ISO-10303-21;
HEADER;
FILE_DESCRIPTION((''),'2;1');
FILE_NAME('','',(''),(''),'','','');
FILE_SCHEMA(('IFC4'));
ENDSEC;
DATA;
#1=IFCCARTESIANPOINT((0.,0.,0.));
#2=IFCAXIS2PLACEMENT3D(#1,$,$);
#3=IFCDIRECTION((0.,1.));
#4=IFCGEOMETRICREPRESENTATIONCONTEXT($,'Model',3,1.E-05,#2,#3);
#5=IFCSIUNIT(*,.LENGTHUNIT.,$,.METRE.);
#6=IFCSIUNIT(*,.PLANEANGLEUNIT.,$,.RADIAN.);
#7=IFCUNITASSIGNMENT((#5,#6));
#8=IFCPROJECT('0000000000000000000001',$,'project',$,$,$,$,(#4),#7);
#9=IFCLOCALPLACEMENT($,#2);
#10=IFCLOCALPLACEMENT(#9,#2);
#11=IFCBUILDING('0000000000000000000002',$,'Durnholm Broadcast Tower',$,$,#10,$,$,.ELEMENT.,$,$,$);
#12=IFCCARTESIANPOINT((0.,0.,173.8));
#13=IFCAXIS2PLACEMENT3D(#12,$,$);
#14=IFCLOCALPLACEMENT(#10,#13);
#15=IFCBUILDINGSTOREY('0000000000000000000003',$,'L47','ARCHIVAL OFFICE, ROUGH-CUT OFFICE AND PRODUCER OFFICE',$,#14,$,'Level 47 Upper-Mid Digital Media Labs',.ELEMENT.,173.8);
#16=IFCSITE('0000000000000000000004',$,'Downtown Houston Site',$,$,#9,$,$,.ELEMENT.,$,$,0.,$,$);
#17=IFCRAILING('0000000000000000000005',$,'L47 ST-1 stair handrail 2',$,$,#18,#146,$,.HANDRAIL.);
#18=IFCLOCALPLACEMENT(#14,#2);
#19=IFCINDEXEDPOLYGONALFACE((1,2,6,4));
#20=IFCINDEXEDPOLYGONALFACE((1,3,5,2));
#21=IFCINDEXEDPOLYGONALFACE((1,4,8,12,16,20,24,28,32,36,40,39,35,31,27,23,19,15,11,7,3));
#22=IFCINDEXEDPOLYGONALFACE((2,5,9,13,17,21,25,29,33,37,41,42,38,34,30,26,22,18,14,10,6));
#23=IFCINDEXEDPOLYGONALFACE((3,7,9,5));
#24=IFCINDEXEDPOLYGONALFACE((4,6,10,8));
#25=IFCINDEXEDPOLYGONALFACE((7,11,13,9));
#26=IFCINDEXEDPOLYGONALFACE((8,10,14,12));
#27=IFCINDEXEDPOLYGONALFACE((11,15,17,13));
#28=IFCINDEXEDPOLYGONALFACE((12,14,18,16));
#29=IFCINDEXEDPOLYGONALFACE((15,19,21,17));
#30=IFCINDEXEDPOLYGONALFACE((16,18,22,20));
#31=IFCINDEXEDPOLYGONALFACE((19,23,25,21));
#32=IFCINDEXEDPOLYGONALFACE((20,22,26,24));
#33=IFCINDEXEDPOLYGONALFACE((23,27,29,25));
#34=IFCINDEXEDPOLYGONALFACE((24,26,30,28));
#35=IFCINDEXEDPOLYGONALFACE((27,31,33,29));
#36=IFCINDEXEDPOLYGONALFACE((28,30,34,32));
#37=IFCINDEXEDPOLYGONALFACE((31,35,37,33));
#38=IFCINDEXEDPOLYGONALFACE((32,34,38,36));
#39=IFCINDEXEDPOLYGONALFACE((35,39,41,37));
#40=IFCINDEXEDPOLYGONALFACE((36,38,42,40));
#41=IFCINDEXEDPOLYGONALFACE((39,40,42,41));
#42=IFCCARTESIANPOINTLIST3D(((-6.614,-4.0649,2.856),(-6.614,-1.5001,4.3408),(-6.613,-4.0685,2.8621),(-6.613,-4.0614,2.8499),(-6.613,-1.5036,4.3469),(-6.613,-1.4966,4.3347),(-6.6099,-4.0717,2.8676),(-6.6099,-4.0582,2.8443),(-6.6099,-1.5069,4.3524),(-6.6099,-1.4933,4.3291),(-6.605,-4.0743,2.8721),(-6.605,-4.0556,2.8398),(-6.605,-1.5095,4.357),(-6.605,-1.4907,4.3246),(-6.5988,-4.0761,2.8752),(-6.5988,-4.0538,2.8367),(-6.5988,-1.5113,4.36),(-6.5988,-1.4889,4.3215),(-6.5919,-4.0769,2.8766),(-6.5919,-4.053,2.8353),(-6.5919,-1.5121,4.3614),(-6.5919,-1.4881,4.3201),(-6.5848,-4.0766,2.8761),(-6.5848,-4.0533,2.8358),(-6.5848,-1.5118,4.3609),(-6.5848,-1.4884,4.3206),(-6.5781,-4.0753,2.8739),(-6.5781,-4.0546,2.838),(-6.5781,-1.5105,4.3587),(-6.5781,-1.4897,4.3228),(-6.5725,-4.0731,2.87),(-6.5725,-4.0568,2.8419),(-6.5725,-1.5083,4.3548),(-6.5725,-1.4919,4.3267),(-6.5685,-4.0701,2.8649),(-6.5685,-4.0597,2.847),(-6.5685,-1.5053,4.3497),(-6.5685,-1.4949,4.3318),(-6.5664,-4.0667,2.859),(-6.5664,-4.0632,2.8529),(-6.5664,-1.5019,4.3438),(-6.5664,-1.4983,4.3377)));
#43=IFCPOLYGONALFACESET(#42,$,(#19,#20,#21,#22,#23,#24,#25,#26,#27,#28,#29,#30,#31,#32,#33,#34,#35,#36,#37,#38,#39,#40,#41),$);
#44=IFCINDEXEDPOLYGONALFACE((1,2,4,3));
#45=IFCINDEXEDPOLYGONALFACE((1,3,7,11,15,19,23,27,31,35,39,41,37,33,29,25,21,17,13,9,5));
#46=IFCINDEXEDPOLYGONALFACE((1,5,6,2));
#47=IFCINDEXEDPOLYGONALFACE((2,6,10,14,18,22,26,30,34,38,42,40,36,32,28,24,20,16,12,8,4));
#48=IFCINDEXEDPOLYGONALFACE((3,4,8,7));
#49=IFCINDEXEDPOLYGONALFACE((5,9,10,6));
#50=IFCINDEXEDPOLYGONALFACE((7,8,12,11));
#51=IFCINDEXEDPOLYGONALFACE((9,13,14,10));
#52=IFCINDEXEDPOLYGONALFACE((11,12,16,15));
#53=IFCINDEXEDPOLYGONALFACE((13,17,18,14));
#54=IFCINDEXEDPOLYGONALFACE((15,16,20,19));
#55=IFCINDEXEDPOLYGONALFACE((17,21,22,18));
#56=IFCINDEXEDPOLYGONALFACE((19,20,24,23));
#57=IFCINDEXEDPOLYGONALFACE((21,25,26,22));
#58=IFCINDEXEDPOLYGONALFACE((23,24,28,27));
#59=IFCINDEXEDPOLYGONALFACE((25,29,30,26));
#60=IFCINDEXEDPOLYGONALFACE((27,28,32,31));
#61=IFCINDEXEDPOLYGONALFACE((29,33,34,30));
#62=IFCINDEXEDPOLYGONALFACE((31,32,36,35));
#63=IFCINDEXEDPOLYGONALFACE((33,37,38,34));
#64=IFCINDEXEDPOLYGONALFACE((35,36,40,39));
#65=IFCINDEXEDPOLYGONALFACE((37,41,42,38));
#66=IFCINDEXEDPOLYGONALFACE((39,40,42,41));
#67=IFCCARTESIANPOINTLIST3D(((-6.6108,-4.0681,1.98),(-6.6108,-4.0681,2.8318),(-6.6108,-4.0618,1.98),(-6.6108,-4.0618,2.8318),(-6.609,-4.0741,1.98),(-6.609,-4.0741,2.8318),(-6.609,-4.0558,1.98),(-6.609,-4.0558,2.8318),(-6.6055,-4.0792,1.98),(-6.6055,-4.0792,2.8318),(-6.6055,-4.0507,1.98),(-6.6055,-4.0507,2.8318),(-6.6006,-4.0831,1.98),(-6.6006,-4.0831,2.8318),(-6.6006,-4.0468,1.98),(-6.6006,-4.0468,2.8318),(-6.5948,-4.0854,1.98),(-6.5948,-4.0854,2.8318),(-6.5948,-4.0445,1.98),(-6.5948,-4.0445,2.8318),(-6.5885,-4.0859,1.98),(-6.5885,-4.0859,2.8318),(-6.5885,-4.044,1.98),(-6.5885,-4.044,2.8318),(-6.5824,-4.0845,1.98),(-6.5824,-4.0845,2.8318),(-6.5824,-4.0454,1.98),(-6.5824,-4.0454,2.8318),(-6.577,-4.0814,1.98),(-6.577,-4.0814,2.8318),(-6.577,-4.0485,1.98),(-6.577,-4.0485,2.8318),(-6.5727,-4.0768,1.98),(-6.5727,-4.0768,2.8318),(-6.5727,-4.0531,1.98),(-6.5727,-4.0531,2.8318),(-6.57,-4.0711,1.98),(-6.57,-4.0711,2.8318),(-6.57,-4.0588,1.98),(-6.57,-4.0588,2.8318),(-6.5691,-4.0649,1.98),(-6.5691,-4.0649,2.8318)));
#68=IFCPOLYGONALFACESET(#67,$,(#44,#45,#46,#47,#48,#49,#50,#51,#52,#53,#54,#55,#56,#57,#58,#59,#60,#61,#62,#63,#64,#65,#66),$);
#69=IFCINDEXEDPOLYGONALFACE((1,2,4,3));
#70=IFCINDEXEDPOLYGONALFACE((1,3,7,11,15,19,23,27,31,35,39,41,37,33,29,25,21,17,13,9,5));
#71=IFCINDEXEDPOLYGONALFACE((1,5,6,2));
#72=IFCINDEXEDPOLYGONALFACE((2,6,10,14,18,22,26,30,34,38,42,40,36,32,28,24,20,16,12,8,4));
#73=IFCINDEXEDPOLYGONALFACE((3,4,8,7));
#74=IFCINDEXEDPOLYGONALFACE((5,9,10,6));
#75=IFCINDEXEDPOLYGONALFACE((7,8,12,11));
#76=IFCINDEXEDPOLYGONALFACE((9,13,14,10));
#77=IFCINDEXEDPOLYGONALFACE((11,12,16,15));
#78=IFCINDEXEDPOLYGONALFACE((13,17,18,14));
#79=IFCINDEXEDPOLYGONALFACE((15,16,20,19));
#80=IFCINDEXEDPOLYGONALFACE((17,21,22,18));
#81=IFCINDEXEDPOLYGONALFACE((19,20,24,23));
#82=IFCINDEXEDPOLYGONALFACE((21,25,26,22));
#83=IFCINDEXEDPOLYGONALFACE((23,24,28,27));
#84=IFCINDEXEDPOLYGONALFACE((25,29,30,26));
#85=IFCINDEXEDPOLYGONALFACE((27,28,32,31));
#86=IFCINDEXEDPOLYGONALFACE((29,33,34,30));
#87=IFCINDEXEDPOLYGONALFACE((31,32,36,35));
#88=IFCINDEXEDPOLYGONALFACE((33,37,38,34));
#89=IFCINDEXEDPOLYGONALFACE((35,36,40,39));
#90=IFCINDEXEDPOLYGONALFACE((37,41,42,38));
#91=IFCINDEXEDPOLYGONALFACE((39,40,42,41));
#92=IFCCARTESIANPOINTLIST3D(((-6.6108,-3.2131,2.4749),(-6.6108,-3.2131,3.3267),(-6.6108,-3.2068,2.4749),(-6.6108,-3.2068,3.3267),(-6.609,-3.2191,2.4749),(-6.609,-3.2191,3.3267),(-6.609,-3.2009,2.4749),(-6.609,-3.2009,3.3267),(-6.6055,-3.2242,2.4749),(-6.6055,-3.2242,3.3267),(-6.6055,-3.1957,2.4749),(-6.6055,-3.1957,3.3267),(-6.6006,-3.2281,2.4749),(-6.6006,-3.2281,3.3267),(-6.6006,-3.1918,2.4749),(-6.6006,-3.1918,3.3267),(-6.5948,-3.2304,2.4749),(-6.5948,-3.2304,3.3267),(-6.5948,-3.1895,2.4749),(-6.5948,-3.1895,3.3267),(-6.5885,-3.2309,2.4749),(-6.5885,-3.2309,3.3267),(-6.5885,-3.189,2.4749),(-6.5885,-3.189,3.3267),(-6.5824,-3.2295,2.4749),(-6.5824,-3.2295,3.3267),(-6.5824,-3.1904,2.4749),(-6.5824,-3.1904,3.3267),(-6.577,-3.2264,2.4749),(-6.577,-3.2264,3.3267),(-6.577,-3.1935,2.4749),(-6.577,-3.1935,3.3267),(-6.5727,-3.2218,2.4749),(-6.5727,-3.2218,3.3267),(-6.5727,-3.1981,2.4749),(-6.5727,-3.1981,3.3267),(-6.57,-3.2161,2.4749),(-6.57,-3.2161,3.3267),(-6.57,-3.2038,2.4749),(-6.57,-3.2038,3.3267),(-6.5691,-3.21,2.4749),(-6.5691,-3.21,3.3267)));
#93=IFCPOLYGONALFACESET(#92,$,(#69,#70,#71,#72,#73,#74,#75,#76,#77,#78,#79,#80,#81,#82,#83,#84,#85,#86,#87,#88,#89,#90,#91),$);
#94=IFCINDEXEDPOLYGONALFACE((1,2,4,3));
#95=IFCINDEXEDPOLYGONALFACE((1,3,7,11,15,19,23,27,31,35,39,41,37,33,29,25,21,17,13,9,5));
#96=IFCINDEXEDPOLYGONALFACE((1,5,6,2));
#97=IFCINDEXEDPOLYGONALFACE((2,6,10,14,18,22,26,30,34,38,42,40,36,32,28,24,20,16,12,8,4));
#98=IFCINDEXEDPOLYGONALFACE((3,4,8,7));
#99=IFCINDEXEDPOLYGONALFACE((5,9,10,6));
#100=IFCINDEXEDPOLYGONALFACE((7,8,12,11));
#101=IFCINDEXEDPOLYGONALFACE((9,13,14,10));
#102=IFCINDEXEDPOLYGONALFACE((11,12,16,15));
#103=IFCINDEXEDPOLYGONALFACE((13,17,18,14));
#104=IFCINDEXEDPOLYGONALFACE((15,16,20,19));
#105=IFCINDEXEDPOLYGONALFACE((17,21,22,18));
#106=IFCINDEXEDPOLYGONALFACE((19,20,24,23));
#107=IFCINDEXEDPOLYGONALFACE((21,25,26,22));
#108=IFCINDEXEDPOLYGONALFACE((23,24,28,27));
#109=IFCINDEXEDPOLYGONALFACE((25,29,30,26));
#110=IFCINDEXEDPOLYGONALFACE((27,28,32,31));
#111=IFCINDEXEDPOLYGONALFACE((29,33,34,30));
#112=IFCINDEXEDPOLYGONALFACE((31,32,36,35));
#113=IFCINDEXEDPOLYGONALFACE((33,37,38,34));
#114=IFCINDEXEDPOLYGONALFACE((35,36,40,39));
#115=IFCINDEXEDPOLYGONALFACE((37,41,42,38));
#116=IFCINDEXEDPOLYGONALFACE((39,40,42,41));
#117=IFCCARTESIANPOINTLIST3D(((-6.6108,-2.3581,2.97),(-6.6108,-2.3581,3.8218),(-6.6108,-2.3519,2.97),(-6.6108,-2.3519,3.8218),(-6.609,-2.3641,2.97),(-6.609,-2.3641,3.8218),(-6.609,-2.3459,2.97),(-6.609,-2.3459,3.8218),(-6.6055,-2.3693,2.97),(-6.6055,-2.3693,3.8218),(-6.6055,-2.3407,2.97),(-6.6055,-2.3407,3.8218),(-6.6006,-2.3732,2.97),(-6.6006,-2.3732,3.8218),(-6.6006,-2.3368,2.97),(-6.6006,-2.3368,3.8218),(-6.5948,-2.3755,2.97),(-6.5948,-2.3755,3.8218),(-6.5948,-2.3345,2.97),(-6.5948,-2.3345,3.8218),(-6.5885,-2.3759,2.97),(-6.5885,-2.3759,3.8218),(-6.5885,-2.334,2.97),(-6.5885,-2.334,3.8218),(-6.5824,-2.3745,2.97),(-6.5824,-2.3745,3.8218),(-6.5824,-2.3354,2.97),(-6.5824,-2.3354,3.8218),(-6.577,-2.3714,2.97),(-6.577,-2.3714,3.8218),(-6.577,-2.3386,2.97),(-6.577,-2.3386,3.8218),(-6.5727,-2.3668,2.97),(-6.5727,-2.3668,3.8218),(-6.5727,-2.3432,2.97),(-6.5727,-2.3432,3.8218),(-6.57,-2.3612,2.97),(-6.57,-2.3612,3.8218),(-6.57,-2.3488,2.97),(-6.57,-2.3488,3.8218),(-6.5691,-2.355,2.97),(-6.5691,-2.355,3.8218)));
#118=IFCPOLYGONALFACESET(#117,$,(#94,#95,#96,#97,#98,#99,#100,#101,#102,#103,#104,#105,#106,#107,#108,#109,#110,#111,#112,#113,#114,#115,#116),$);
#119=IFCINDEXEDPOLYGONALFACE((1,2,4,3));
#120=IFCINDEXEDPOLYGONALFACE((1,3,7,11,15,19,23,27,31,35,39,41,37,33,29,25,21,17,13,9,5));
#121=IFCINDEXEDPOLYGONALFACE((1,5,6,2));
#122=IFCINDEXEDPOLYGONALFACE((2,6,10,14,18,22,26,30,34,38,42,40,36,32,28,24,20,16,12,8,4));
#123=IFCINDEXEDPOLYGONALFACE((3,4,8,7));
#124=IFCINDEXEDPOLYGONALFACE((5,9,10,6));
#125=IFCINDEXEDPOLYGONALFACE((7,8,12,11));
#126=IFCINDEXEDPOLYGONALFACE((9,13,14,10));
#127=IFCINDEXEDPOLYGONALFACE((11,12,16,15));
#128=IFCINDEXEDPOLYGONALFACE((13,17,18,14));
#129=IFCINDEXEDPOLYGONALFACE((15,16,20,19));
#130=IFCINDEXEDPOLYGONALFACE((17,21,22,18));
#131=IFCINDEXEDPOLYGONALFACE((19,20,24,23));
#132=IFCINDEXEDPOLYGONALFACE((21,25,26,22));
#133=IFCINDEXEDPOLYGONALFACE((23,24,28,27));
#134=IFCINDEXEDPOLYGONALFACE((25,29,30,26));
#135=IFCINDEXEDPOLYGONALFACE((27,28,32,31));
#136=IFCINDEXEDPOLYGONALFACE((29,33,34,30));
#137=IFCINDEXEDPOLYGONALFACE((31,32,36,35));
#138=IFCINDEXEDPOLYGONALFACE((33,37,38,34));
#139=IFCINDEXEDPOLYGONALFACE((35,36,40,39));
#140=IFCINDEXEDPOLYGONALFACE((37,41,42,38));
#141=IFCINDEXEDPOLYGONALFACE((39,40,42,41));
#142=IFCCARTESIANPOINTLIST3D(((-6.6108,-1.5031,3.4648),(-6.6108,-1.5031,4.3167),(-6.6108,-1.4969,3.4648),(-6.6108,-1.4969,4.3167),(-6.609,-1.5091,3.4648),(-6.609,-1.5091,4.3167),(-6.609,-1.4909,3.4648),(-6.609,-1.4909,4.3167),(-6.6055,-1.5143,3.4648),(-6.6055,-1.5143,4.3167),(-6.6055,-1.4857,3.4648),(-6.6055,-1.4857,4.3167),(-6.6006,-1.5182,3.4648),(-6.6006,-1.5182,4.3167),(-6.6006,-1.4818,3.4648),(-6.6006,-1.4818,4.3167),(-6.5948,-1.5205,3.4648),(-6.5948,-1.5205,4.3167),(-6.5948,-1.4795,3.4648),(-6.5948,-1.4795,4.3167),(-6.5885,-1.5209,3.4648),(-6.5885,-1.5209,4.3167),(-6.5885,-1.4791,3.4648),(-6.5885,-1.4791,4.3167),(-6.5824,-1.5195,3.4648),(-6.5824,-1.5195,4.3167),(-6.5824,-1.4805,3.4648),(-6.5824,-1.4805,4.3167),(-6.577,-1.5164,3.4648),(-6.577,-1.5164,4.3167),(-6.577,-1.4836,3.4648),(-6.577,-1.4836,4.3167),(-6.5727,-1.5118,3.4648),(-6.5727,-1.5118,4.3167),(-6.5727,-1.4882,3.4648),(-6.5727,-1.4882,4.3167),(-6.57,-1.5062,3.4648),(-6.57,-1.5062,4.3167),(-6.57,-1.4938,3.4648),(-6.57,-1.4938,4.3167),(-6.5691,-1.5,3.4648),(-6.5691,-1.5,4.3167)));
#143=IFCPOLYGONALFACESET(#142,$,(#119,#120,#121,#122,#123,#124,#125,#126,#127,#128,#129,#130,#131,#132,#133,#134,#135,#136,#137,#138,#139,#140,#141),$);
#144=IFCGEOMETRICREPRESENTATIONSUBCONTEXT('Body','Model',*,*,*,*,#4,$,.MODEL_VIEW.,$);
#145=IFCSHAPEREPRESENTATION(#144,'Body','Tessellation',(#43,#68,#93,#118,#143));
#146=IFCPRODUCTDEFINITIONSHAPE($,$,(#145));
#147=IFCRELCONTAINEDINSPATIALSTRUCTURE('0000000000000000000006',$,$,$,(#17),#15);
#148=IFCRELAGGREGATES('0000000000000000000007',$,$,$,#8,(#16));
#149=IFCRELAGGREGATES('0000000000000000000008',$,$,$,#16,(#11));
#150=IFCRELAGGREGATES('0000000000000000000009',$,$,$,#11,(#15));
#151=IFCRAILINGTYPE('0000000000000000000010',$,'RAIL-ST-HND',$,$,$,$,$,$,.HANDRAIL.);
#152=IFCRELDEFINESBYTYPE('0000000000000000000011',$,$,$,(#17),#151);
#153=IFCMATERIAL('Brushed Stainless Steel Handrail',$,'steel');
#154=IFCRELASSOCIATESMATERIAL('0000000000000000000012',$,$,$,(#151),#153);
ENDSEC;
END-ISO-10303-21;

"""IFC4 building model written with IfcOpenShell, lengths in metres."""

from ifc_helpers import new_model, si_unit, direction, frame, origin, origin_2d, place, context, subcontext, project, spatial, circle, extrude, material, type_object, element, save


model = new_model("IFC4")

# Units and contexts
model_context = context("Model", 3, precision=1e-05, world=origin(), true_north=direction((0.0, 1.0)))
body_context = subcontext(model_context, "Body", "Model", "MODEL_VIEW")
ifc_project = project(units=[si_unit("LENGTHUNIT", "METRE"), si_unit("PLANEANGLEUNIT", "RADIAN")], contexts=[model_context])

# Site, building, storey
site_placement = place(None, origin())
site = spatial("IfcSite", under=ifc_project, at=site_placement, Name="Downtown Houston Site", CompositionType="ELEMENT", RefElevation=0.0)
building_placement = place(site_placement, origin())
building = spatial("IfcBuilding", under=site, at=building_placement, Name="Durnholm Broadcast Tower", CompositionType="ELEMENT")
storey_placement = place(building_placement, frame((0.0, 0.0, 173.8)))
storey = spatial("IfcBuildingStorey", under=building, at=storey_placement, Name="L47", Description="ARCHIVAL OFFICE, ROUGH-CUT OFFICE AND PRODUCER OFFICE", LongName="Level 47 Upper-Mid Digital Media Labs", CompositionType="ELEMENT", Elevation=173.8)

# Railing
ifc_material_1 = material(Name="Brushed Stainless Steel Handrail", Category="steel")
railing_type_1 = type_object("IfcRailingType", Name="RAIL-ST-HND", PredefinedType="HANDRAIL", material=ifc_material_1)
railing_1_placement = place(storey_placement, frame((-6.5901, -4.0649, 1.98)))
element("IfcRailing", 1, at=railing_1_placement, inside=storey, type_object=railing_type_1, Name="L47 ST-1 stair handrail 2", PredefinedType="HANDRAIL", context=body_context, shape_type="SweptSolid", body=[
    extrude(circle(Radius=0.0239, at=origin_2d()), frame((0.0, 0.0, 0.876), z_axis=(0.0, 0.865441, 0.50101), x_axis=(-1.0, 0.0, 0.0)), (0.0, 0.0, 1.0), 2.9636),
    extrude(circle(Radius=0.021, at=origin_2d()), origin(), (0.0, 0.0, 1.0), 0.8518),
    extrude(circle(Radius=0.021, at=origin_2d()), frame((0.0, 0.855, 0.4949)), (0.0, 0.0, 1.0), 0.8518),
    extrude(circle(Radius=0.021, at=origin_2d()), frame((0.0, 1.71, 0.99)), (0.0, 0.0, 1.0), 0.8518),
    extrude(circle(Radius=0.021, at=origin_2d()), frame((0.0, 2.5649, 1.4849)), (0.0, 0.0, 1.0), 0.8518),
])

save(model, "model.ifc")
